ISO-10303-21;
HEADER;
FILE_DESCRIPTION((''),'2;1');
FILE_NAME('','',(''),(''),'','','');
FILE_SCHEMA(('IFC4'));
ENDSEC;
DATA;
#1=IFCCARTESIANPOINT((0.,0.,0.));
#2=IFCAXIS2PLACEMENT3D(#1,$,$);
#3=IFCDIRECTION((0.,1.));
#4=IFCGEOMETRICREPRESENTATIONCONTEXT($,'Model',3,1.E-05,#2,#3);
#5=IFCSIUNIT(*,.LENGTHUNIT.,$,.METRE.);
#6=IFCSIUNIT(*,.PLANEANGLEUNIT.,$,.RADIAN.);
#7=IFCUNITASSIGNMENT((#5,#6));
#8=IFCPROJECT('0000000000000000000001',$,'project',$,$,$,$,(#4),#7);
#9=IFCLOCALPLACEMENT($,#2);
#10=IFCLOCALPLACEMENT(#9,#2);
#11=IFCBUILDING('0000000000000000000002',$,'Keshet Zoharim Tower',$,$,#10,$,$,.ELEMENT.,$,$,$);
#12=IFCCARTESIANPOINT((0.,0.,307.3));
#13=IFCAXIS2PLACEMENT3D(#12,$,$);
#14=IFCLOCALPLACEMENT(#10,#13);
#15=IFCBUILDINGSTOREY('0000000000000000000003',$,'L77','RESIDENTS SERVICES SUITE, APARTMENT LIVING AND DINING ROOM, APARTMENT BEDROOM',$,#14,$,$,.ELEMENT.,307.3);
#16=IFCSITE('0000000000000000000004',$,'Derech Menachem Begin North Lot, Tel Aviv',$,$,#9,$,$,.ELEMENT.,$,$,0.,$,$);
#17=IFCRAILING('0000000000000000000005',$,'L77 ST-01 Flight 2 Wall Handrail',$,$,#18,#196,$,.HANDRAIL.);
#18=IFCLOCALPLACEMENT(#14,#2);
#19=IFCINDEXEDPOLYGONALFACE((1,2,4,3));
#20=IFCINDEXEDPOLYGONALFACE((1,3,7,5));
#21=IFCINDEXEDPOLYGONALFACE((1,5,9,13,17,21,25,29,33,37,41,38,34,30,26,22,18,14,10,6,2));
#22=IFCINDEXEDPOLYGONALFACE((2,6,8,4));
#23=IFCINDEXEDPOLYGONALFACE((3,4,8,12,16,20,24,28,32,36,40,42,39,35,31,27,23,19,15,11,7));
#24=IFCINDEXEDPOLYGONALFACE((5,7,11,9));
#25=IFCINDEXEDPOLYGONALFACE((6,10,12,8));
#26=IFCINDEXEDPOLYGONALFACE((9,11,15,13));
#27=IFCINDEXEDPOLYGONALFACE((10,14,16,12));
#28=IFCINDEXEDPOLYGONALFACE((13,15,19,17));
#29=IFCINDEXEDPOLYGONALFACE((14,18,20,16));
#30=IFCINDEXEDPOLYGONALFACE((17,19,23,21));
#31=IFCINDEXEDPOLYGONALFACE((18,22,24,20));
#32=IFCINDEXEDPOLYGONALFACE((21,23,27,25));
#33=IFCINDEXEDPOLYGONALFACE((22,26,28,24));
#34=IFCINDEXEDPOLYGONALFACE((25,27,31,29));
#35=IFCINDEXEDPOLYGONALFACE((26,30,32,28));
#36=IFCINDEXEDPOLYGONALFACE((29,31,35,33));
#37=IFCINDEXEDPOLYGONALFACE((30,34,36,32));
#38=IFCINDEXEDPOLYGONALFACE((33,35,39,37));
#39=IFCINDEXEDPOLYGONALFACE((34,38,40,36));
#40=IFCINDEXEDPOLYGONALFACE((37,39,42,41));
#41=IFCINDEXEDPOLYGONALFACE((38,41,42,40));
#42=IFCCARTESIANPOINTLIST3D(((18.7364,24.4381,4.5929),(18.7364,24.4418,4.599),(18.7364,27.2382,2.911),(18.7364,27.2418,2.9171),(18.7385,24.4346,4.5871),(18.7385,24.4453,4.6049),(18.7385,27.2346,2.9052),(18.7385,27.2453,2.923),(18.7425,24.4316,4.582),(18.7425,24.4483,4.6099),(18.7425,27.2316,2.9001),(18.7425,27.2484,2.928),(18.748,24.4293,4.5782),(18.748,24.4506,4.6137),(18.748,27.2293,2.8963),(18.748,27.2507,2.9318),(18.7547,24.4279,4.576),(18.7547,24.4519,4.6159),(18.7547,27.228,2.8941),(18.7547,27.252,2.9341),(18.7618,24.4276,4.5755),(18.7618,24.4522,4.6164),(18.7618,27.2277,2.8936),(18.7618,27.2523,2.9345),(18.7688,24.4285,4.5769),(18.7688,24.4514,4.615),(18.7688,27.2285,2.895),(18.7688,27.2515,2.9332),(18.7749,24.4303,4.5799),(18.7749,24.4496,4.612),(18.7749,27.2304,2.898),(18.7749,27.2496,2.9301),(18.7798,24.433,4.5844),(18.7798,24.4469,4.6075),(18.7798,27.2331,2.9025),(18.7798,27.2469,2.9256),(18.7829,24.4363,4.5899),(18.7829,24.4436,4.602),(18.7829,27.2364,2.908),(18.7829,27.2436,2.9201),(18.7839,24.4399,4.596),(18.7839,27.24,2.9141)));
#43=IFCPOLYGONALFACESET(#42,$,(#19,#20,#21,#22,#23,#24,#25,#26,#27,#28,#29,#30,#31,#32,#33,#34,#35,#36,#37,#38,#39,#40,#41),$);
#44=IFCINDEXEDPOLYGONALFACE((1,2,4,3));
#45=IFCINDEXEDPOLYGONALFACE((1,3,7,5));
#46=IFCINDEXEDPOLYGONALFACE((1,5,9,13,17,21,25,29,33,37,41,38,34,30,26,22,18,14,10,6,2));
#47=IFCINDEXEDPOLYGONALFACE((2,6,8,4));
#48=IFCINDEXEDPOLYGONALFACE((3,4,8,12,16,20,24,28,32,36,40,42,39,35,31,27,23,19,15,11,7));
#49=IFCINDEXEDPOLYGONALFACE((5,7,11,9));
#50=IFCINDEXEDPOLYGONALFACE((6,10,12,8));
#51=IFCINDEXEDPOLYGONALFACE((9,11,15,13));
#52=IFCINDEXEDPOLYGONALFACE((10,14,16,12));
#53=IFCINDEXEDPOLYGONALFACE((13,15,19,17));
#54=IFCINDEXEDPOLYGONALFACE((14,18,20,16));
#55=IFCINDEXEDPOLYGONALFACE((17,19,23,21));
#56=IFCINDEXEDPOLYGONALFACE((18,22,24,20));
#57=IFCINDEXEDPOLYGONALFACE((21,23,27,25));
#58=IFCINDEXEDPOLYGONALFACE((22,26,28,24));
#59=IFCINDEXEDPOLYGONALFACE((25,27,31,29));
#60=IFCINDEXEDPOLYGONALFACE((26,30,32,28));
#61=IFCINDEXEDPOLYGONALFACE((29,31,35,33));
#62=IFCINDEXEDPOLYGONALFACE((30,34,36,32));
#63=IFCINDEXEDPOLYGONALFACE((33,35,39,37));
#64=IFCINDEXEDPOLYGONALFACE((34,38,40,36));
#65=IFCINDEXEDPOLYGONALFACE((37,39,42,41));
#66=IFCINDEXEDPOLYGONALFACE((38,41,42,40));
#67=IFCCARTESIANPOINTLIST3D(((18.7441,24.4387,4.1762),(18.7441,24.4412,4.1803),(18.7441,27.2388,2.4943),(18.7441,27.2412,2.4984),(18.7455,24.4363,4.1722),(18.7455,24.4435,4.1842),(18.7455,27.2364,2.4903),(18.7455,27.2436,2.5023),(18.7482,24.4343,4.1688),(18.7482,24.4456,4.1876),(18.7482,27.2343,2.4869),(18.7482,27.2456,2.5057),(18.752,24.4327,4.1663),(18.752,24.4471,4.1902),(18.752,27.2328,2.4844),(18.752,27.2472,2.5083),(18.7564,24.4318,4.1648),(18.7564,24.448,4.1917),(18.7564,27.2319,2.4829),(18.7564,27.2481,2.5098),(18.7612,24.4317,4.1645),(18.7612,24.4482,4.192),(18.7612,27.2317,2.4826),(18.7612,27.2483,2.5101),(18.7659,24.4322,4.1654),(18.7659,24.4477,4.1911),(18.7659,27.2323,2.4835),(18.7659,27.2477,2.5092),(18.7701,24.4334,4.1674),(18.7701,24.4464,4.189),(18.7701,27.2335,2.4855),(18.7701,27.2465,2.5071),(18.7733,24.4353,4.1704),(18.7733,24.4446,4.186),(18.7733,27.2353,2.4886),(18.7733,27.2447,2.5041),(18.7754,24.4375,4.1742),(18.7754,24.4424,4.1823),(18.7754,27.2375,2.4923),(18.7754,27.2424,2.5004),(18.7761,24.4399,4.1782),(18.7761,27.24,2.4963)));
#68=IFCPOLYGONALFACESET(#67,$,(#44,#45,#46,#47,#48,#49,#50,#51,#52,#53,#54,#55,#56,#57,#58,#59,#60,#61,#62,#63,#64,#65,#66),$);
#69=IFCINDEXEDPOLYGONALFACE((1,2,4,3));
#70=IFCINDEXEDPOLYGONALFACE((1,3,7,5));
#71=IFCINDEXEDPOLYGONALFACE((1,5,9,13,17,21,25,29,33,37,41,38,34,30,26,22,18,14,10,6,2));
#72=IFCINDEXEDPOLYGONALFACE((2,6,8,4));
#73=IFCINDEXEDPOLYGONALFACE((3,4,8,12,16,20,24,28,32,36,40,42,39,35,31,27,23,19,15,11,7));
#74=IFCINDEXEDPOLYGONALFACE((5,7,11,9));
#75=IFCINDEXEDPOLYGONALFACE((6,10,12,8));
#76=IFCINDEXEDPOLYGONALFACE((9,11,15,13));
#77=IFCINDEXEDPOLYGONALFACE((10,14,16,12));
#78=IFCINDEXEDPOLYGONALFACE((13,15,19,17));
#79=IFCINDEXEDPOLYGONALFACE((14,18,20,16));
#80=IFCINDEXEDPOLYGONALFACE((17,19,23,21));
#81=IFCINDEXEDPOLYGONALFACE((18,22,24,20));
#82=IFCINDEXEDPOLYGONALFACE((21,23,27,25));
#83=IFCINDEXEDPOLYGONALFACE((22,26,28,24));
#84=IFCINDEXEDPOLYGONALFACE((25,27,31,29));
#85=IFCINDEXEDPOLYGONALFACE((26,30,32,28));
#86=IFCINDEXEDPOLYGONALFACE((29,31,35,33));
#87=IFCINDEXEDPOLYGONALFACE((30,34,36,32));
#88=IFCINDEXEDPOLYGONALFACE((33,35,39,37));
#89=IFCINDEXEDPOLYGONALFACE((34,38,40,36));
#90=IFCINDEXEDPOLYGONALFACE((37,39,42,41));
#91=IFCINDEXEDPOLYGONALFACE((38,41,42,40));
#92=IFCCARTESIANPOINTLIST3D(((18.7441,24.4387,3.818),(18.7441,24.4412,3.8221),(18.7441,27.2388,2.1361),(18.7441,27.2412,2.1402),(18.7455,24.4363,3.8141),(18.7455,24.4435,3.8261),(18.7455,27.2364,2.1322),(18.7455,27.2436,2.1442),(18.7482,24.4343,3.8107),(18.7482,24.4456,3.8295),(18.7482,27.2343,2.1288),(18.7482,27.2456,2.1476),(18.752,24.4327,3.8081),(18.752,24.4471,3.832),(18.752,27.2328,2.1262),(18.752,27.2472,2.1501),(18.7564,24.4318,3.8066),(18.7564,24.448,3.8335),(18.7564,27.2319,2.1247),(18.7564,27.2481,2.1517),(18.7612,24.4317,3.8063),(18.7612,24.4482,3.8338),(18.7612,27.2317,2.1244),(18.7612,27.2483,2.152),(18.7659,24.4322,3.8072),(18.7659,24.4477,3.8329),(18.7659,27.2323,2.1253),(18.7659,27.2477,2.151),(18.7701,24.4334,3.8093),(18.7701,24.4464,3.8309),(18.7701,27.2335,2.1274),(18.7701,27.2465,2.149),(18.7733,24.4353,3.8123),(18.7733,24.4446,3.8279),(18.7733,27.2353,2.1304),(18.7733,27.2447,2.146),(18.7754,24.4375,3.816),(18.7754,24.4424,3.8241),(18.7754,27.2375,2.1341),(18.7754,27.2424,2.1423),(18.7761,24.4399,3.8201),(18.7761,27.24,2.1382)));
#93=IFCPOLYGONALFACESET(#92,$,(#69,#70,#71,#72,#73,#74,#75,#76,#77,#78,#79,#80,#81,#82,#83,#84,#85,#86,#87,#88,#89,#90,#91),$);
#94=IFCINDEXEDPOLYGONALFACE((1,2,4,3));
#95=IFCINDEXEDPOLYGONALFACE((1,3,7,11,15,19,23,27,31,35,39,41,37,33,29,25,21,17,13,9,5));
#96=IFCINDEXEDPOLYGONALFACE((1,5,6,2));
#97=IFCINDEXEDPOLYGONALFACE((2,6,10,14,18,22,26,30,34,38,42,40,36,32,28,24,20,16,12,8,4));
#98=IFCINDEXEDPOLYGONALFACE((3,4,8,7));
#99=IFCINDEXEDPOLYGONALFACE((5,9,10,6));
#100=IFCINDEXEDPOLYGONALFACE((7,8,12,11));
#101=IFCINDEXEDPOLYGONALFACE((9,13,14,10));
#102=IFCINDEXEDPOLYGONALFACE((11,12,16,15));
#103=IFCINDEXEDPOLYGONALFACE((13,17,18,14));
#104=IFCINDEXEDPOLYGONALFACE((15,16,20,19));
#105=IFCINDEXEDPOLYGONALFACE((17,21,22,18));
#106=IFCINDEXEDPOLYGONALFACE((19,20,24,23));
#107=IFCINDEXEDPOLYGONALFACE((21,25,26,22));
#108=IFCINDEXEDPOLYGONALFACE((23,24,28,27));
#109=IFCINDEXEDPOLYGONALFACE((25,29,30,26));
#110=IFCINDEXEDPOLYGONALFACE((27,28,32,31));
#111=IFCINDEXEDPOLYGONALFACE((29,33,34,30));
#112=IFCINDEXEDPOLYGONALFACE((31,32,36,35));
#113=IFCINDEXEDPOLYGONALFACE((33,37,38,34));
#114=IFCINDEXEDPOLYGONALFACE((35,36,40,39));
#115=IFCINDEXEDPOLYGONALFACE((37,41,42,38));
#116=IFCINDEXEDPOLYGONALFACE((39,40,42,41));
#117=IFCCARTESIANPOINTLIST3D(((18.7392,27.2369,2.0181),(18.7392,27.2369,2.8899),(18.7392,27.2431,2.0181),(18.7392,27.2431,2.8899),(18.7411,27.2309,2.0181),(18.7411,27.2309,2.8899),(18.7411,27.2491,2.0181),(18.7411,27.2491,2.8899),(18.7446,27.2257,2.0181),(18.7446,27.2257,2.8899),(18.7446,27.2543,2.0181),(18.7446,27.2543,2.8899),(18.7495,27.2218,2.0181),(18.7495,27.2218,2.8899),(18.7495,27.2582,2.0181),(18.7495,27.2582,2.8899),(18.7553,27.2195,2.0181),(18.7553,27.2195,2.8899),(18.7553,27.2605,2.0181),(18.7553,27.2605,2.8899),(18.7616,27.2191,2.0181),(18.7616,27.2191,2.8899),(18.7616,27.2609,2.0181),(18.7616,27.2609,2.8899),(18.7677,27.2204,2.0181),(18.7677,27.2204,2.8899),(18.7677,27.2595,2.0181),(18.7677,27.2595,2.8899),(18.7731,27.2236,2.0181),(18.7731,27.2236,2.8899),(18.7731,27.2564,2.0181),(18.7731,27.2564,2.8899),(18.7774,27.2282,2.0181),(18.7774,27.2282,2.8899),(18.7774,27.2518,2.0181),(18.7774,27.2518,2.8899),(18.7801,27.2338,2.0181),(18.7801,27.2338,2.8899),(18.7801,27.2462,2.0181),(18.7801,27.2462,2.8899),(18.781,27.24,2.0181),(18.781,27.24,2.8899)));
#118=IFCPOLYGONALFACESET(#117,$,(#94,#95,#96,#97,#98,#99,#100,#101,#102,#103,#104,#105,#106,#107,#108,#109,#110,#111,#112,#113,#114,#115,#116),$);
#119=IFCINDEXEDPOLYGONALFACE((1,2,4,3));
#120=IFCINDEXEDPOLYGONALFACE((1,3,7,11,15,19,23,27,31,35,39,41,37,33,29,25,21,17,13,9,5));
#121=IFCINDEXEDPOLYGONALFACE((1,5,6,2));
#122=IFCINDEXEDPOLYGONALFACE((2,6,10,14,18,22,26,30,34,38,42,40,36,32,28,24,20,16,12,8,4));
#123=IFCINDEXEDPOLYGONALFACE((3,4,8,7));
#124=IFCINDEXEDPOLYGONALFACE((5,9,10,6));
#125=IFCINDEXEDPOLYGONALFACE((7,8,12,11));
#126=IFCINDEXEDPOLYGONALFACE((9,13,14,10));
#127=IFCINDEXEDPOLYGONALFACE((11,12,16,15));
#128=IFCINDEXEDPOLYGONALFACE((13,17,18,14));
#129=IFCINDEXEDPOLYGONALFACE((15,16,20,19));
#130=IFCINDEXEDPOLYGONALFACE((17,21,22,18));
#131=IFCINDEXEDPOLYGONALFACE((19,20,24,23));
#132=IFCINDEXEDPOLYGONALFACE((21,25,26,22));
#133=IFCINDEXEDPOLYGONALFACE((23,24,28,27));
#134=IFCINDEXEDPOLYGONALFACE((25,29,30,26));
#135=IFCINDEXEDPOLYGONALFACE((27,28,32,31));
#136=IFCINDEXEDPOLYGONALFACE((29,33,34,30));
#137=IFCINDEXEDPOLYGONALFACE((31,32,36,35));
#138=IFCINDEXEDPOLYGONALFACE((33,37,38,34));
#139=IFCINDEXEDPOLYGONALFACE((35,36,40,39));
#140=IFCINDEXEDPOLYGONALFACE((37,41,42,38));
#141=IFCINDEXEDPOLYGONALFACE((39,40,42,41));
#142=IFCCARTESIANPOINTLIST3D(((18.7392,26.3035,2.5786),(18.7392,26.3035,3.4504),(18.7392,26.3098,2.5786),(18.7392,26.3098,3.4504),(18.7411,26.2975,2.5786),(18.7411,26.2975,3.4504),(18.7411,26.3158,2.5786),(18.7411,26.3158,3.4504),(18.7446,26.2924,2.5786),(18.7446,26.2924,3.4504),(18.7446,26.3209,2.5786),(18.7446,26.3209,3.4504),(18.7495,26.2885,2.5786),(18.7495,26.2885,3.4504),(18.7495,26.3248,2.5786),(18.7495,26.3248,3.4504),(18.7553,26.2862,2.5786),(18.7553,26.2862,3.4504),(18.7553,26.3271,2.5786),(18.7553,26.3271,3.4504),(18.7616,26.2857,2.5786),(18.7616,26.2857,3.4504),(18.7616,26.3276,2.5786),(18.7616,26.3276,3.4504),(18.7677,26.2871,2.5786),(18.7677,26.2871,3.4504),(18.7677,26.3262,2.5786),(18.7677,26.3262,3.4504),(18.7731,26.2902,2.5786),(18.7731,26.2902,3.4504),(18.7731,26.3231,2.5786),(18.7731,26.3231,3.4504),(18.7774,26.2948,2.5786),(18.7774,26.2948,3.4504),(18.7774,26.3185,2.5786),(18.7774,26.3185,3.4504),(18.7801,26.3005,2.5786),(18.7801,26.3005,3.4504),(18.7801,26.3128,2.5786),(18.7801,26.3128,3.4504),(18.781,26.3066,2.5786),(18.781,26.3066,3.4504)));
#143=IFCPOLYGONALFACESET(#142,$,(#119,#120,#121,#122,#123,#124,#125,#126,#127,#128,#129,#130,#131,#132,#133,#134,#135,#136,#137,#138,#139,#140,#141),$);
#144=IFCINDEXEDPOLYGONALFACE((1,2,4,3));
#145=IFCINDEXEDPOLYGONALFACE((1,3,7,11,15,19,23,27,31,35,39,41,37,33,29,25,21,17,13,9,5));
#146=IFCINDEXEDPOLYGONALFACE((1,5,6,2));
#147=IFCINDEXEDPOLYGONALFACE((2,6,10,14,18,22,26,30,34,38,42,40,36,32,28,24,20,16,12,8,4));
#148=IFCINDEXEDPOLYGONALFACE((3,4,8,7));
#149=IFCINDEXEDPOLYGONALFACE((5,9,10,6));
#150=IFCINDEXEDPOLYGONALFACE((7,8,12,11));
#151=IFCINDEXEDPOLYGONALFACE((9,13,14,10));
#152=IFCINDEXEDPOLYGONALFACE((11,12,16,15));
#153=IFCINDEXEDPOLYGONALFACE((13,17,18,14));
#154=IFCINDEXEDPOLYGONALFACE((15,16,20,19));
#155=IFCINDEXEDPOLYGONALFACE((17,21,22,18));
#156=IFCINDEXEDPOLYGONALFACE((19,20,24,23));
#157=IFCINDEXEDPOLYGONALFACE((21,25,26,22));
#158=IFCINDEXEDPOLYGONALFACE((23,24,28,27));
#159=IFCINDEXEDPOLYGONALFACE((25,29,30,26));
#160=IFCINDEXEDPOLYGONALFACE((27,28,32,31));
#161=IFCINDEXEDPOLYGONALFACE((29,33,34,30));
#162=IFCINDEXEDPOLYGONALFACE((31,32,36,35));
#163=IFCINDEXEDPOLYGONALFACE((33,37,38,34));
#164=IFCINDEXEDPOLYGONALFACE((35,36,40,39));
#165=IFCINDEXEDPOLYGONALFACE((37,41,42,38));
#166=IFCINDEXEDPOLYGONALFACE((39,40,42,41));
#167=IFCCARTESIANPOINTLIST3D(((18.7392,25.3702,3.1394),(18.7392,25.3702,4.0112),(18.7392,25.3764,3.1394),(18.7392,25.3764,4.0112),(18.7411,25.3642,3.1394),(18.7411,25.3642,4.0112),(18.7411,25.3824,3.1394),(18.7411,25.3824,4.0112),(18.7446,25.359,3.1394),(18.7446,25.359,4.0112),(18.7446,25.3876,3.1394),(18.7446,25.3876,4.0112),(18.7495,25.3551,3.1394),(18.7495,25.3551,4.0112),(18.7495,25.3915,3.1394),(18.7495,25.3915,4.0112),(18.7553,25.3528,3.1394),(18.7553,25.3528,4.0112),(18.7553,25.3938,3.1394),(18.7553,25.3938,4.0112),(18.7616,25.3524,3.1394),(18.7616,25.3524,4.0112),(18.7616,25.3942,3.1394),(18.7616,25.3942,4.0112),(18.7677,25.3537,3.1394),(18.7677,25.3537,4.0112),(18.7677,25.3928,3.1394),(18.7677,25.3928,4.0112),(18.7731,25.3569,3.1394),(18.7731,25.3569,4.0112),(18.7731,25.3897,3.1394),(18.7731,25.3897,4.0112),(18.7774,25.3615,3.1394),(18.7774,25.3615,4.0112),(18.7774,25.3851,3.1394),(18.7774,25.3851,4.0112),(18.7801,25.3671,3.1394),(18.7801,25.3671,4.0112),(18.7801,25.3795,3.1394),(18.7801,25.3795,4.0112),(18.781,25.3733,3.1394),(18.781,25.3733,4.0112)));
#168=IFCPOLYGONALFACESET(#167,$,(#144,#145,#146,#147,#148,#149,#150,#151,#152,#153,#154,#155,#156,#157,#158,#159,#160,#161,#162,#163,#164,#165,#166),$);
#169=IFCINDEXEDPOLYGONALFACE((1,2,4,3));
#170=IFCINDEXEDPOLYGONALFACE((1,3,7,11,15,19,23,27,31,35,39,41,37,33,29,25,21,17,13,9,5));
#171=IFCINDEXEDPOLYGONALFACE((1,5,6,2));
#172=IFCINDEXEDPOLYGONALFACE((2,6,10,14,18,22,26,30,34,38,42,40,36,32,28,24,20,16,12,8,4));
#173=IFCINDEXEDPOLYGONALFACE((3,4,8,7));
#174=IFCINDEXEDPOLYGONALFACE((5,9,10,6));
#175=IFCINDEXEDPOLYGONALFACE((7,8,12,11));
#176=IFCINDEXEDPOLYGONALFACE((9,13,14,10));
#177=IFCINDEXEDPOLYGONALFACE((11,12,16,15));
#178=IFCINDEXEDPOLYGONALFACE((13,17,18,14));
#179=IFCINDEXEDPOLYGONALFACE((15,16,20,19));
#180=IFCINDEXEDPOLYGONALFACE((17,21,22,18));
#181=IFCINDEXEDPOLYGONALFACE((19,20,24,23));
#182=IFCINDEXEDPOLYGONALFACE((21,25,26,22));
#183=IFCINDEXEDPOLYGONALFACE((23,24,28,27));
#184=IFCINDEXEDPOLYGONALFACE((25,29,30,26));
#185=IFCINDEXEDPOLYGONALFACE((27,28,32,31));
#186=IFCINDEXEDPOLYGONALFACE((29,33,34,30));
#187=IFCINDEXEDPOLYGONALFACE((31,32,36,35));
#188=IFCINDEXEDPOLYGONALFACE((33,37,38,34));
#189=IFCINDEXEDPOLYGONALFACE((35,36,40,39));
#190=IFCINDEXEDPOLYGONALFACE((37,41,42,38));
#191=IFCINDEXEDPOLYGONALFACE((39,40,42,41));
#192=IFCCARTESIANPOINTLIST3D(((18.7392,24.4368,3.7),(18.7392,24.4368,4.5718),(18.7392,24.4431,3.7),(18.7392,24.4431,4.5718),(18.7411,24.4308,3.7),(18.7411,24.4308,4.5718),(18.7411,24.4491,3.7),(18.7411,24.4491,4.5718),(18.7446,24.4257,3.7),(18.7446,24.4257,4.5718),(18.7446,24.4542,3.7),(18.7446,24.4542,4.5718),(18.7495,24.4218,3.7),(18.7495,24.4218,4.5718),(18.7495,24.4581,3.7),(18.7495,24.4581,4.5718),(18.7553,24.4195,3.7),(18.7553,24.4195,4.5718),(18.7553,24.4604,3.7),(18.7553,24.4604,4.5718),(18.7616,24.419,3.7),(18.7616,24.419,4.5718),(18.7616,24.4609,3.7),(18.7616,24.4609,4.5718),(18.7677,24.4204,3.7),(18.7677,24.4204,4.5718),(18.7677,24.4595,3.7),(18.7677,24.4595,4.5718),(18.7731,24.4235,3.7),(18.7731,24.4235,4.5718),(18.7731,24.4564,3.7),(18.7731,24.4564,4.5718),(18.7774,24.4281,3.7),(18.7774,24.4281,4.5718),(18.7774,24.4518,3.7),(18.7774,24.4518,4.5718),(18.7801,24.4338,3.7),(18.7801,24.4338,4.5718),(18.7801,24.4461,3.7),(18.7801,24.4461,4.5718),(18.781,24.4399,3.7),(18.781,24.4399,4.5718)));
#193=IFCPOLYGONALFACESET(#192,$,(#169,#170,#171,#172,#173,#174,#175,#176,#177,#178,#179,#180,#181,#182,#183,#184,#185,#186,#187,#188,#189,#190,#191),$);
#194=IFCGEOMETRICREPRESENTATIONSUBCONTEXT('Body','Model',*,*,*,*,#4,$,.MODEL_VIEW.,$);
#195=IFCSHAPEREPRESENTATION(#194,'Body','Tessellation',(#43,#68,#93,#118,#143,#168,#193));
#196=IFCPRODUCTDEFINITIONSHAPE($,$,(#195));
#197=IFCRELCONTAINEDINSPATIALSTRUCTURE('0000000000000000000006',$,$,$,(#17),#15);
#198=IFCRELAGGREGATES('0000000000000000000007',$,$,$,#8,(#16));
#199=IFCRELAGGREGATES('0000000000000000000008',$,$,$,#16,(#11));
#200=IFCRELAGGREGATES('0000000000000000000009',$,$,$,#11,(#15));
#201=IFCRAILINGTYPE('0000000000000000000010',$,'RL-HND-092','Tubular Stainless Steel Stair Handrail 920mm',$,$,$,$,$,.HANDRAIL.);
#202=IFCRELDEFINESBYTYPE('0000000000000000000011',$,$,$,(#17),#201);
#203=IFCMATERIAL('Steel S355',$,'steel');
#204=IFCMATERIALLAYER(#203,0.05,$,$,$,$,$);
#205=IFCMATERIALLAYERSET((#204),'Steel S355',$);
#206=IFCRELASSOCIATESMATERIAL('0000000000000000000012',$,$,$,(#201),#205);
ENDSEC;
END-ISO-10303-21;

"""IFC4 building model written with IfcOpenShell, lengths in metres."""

from ifc_helpers import new_model, si_unit, direction, frame, origin, origin_2d, place, context, subcontext, project, spatial, circle, extrude, material, layer, layer_set, type_object, element, save


model = new_model("IFC4")

# Units and contexts
model_context = context("Model", 3, precision=1e-05, world=origin(), true_north=direction((0.0, 1.0)))
body_context = subcontext(model_context, "Body", "Model", "MODEL_VIEW")
ifc_project = project(units=[si_unit("LENGTHUNIT", "METRE"), si_unit("PLANEANGLEUNIT", "RADIAN")], contexts=[model_context])

# Site, building, storey
site_placement = place(None, origin())
site = spatial("IfcSite", under=ifc_project, at=site_placement, Name="Derech Menachem Begin North Lot, Tel Aviv", CompositionType="ELEMENT", RefElevation=0.0)
building_placement = place(site_placement, origin())
building = spatial("IfcBuilding", under=site, at=building_placement, Name="Keshet Zoharim Tower", CompositionType="ELEMENT")
storey_placement = place(building_placement, frame((0.0, 0.0, 307.3)))
storey = spatial("IfcBuildingStorey", under=building, at=storey_placement, Name="L77", Description="RESIDENTS SERVICES SUITE, APARTMENT LIVING AND DINING ROOM, APARTMENT BEDROOM", CompositionType="ELEMENT", Elevation=307.3)

# Shared definitions
ifc_material_1 = material(Name="Steel S355", Category="steel")

# Railing
ifc_layer_1 = layer(ifc_material_1, 0.05)
ifc_layer_set_1 = layer_set([ifc_layer_1], Name="Steel S355")
railing_type_1 = type_object("IfcRailingType", Name="RL-HND-092", Description="Tubular Stainless Steel Stair Handrail 920mm", PredefinedType="HANDRAIL", material=ifc_layer_set_1)
railing_1_placement = place(storey_placement, frame((18.76, 27.24, 2.0181)))
element("IfcRailing", 1, at=railing_1_placement, inside=storey, type_object=railing_type_1, Name="L77 ST-01 Flight 2 Wall Handrail", PredefinedType="HANDRAIL", context=body_context, shape_type="SweptSolid", body=[
    extrude(circle(Radius=0.0239, at=origin_2d()), frame((0.0, 0.0, 0.896), z_axis=(0.0, -0.857242, 0.514913), x_axis=(1.0, 0.0, 0.0)), (0.0, 0.0, 1.0), 3.2664),
    extrude(circle(Radius=0.0161, at=origin_2d()), frame((0.0, 0.0, 0.4783), z_axis=(0.0, -0.857242, 0.514913), x_axis=(1.0, 0.0, 0.0)), (0.0, 0.0, 1.0), 3.2664),
    extrude(circle(Radius=0.0161, at=origin_2d()), frame((0.0, 0.0, 0.1201), z_axis=(0.0, -0.857242, 0.514913), x_axis=(1.0, 0.0, 0.0)), (0.0, 0.0, 1.0), 3.2664),
    extrude(circle(Radius=0.021, at=origin_2d()), origin(), (0.0, 0.0, 1.0), 0.8718),
    extrude(circle(Radius=0.021, at=origin_2d()), frame((0.0, -0.9333, 0.5605)), (0.0, 0.0, 1.0), 0.8718),
    extrude(circle(Radius=0.021, at=origin_2d()), frame((0.0, -1.8667, 1.1213)), (0.0, 0.0, 1.0), 0.8718),
    extrude(circle(Radius=0.021, at=origin_2d()), frame((0.0, -2.8, 1.6819)), (0.0, 0.0, 1.0), 0.8718),
])

save(model, "model.ifc")
